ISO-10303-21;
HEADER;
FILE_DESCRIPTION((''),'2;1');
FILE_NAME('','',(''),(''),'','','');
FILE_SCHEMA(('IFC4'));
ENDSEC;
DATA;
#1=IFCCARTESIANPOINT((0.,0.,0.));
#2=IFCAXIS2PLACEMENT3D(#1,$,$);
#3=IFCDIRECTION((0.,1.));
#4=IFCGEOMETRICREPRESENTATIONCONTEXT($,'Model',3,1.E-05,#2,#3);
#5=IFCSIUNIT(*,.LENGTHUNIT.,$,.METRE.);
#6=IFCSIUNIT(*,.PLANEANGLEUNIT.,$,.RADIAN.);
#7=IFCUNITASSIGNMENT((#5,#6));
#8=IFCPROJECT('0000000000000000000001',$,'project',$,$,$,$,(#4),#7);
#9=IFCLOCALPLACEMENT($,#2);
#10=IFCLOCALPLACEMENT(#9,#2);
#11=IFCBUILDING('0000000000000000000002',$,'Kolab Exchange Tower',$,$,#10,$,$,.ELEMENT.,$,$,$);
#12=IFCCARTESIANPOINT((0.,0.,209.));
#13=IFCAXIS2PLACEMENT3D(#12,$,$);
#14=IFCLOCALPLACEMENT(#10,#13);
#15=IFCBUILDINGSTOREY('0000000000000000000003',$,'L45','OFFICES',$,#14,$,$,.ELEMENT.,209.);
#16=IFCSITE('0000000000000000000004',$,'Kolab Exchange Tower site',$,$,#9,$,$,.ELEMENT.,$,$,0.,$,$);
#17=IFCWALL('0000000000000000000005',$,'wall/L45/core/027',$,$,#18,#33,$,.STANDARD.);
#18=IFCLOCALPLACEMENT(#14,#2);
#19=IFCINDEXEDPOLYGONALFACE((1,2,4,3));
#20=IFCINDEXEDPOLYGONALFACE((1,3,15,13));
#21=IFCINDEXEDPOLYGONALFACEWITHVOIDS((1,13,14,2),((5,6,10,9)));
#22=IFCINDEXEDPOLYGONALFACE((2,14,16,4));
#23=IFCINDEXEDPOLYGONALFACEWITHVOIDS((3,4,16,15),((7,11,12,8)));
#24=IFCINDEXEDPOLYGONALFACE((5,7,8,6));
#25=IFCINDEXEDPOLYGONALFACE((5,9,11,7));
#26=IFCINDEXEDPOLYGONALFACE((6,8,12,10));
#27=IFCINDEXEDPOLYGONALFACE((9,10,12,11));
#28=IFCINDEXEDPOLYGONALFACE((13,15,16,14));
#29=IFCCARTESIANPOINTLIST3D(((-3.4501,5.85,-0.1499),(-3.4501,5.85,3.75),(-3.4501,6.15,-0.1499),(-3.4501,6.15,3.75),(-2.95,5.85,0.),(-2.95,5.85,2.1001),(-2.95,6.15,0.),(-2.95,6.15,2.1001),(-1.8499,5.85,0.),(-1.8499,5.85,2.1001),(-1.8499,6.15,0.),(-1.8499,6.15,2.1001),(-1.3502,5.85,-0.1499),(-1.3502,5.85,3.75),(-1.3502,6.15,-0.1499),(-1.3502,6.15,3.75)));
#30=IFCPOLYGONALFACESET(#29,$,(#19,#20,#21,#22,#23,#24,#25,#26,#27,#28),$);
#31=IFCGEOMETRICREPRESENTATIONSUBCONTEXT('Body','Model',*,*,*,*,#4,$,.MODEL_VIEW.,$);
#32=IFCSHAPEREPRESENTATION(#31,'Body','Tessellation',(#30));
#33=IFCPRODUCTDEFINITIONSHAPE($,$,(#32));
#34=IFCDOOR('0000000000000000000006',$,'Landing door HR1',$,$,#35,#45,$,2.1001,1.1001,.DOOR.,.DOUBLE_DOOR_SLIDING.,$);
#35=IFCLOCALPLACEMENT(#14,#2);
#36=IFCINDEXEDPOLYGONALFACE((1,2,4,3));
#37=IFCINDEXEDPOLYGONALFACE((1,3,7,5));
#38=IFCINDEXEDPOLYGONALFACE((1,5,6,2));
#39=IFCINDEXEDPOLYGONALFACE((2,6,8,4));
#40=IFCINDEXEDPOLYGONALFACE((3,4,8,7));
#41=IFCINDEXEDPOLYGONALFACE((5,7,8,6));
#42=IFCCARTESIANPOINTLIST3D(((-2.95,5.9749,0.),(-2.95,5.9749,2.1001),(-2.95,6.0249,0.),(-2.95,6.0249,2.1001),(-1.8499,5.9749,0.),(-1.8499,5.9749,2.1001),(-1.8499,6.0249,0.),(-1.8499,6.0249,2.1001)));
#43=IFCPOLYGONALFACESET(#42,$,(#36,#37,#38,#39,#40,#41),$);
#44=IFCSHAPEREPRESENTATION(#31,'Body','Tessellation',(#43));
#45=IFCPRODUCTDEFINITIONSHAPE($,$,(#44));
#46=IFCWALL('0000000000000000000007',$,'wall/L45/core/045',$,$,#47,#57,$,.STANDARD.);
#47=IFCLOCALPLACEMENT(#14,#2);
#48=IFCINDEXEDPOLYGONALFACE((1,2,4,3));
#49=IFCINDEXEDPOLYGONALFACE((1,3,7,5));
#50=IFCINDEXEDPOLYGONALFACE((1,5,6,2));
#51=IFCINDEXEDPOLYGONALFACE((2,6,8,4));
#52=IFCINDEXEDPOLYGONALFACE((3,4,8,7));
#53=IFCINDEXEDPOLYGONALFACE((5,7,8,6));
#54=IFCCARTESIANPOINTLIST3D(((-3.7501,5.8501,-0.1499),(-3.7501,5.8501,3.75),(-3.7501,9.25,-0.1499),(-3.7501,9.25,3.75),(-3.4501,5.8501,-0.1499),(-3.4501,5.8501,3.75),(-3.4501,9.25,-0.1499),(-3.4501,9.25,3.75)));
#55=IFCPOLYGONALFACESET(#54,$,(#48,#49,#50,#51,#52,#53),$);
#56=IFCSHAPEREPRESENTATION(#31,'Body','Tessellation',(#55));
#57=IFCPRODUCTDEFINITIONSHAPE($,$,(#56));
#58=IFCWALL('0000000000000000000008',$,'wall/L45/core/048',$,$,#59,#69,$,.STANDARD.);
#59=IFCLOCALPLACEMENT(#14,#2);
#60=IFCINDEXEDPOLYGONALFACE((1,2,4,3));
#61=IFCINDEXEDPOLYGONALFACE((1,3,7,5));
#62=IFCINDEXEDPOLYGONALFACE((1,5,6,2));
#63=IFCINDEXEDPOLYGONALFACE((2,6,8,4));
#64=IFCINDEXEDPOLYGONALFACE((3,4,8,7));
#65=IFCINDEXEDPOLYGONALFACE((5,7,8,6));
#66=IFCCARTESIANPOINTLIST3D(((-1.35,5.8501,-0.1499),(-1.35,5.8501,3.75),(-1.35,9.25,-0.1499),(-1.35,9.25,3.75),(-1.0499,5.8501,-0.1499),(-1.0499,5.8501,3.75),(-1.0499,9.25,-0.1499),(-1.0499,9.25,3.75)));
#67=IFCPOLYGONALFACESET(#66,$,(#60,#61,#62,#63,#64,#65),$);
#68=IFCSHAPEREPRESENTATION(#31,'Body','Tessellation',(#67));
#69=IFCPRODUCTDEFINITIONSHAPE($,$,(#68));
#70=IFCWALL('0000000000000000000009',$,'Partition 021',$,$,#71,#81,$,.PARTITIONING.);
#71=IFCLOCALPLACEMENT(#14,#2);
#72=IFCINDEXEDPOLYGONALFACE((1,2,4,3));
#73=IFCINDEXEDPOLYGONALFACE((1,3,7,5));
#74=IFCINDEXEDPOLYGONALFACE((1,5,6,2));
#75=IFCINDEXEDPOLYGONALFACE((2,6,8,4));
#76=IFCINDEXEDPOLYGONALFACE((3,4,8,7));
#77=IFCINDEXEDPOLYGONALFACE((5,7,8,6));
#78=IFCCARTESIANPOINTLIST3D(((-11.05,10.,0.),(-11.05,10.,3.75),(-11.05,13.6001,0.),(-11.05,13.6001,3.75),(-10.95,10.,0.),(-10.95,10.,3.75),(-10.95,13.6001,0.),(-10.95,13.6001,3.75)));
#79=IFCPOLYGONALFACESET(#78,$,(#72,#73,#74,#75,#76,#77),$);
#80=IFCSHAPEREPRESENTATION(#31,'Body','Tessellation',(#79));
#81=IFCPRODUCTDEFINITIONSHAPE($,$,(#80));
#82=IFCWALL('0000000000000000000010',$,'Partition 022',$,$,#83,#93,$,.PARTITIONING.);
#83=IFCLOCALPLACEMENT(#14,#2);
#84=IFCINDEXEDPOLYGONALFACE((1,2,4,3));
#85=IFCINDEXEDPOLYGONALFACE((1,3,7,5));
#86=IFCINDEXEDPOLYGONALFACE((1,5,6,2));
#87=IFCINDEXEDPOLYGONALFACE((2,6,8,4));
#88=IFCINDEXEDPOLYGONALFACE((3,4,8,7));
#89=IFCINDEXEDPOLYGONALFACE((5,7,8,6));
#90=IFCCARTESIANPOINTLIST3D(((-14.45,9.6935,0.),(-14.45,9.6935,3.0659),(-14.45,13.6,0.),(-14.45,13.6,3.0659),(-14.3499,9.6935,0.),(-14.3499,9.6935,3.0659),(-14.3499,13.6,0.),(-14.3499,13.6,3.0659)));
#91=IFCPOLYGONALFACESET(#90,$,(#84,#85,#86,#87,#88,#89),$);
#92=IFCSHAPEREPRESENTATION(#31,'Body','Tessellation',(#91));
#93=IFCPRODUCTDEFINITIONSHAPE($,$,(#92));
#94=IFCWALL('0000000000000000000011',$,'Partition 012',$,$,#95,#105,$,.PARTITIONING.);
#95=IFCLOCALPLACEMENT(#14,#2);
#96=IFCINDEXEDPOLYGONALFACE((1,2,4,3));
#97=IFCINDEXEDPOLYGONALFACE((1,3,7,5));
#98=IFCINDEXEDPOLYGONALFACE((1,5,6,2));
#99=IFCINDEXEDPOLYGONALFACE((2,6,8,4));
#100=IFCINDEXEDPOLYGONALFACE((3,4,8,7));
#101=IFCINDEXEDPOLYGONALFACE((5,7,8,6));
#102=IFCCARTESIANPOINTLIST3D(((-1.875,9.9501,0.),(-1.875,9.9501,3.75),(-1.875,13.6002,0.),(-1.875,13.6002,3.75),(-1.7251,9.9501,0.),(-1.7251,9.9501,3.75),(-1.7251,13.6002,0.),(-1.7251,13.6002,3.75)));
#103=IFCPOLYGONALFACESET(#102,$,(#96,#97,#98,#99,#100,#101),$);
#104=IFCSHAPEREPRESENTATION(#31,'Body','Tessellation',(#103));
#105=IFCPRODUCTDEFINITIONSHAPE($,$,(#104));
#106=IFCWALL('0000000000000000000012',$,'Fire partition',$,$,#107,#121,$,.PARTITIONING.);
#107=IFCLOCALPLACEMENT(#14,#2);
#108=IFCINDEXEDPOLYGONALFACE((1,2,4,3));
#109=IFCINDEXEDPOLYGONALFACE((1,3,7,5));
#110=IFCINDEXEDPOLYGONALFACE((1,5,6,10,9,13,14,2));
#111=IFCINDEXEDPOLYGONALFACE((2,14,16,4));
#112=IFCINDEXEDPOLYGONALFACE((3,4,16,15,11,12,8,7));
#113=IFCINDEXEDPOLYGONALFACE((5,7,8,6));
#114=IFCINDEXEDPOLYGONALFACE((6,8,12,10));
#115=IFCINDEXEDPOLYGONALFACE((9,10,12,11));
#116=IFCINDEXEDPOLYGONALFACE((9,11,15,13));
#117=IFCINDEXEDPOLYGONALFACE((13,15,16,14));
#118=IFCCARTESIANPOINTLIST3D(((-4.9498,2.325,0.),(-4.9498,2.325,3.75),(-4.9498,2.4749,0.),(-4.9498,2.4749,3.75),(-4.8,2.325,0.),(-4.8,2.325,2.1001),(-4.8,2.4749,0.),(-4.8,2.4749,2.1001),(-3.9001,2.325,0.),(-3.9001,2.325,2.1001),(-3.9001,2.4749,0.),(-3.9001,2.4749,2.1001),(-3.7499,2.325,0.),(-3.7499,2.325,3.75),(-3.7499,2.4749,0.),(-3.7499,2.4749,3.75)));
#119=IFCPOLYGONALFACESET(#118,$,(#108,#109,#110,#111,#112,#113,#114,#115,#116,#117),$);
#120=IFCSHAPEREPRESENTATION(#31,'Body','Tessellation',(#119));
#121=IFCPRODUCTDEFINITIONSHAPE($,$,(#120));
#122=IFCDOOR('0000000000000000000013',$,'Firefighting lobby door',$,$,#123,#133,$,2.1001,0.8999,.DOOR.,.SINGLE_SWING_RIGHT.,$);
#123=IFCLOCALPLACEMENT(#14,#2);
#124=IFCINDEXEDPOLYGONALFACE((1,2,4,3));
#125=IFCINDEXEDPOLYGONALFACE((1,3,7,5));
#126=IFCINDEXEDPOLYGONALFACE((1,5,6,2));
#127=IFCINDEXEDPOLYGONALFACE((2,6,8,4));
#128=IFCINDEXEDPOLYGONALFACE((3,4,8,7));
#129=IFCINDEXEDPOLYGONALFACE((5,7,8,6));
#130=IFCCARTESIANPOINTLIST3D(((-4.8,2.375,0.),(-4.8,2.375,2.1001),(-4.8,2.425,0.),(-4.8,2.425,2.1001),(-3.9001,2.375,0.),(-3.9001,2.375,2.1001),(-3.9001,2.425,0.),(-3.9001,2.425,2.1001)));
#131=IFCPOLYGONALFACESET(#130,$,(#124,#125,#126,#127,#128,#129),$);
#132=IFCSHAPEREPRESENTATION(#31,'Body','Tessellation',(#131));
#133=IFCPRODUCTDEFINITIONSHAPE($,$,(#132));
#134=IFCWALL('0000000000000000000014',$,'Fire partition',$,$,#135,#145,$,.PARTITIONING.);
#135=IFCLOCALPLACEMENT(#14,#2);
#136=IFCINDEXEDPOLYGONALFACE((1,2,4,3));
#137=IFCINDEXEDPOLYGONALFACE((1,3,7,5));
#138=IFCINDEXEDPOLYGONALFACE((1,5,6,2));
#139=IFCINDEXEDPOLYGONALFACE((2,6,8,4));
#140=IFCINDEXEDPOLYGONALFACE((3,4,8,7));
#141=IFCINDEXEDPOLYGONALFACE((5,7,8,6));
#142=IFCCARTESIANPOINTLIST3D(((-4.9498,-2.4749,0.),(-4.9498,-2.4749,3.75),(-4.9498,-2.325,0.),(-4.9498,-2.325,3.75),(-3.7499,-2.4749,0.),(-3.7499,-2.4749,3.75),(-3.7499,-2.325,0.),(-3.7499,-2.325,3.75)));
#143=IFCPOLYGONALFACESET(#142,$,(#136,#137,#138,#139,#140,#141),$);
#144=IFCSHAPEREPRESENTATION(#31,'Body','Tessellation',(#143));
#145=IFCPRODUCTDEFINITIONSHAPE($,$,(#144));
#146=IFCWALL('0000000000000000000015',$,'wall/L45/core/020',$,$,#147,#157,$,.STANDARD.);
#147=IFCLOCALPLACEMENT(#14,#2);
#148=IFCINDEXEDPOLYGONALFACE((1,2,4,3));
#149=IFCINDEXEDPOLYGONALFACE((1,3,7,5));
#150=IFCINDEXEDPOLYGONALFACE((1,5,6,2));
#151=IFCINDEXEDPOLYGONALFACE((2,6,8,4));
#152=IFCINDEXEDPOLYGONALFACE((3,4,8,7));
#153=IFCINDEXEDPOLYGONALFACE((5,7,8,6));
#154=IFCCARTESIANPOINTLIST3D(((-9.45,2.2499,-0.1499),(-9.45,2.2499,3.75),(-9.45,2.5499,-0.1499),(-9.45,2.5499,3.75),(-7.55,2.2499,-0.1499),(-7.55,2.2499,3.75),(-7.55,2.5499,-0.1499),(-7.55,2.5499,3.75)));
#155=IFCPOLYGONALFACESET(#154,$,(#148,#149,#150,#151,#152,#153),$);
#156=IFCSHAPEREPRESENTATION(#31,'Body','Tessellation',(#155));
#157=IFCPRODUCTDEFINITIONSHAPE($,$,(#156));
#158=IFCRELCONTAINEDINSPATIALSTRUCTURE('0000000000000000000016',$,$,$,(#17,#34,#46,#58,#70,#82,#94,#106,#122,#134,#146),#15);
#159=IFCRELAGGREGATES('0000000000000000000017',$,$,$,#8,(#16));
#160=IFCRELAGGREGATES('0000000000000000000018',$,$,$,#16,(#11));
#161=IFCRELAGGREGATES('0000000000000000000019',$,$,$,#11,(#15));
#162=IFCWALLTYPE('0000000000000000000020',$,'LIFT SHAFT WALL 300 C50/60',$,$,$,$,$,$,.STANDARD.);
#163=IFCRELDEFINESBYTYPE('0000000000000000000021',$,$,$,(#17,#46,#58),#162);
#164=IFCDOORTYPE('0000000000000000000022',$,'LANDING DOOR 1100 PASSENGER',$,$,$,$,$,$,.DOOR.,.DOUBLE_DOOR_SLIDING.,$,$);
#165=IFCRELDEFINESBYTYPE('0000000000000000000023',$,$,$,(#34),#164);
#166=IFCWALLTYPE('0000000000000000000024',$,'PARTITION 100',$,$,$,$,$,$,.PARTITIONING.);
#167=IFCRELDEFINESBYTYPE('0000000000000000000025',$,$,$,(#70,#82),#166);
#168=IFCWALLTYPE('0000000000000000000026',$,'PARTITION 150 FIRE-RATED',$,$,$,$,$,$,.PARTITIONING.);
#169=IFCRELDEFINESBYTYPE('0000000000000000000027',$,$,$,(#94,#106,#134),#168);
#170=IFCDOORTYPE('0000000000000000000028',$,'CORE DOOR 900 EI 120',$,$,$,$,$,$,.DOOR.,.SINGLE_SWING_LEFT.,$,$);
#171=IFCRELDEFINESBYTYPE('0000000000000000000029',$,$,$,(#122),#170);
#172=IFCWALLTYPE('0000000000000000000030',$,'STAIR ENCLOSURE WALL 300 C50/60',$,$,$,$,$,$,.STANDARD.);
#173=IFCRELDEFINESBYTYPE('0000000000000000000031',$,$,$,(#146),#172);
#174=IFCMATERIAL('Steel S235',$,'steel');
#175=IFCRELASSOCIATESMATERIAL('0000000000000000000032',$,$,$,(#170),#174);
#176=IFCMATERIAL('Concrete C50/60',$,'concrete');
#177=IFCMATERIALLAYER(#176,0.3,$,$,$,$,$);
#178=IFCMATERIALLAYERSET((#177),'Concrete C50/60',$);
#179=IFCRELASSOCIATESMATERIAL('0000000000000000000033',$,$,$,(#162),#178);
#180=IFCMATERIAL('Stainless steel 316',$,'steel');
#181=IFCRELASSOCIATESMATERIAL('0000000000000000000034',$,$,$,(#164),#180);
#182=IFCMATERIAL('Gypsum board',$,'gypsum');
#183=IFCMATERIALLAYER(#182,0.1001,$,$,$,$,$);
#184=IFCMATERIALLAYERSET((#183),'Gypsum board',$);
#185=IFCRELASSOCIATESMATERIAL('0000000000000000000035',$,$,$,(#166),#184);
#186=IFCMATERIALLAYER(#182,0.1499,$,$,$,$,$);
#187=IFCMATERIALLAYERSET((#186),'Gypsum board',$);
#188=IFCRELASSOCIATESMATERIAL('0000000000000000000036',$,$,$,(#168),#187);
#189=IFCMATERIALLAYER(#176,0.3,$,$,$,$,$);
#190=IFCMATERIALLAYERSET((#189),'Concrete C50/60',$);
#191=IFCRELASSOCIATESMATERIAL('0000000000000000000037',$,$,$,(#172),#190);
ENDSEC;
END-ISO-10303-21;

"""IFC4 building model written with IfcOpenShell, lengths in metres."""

from ifc_helpers import new_model, si_unit, direction, frame, frame_2d, origin, place, context, subcontext, project, spatial, rectangle, extrude, material, layer, layer_set, type_object, element, fill, save


model = new_model("IFC4")

# Units and contexts
model_context = context("Model", 3, precision=1e-05, world=origin(), true_north=direction((0.0, 1.0)))
body_context = subcontext(model_context, "Body", "Model", "MODEL_VIEW")
ifc_project = project(units=[si_unit("LENGTHUNIT", "METRE"), si_unit("PLANEANGLEUNIT", "RADIAN")], contexts=[model_context])

# Site, building, storey
site_placement = place(None, origin())
site = spatial("IfcSite", under=ifc_project, at=site_placement, Name="Kolab Exchange Tower site", CompositionType="ELEMENT", RefElevation=0.0)
building_placement = place(site_placement, origin())
building = spatial("IfcBuilding", under=site, at=building_placement, Name="Kolab Exchange Tower", CompositionType="ELEMENT")
storey_placement = place(building_placement, frame((0.0, 0.0, 209.0)))
storey = spatial("IfcBuildingStorey", under=building, at=storey_placement, Name="L45", Description="OFFICES", CompositionType="ELEMENT", Elevation=209.0)

# Shared definitions
ifc_material_1 = material(Name="Steel S235", Category="steel")
door_type_1 = type_object("IfcDoorType", Name="CORE DOOR 900 EI 120", OperationType="SINGLE_SWING_LEFT", PredefinedType="DOOR", material=ifc_material_1)

# Shared definitions
ifc_material_2 = material(Name="Concrete C50/60", Category="concrete")
ifc_layer_1 = layer(ifc_material_2, 0.3)
ifc_layer_set_1 = layer_set([ifc_layer_1], Name="Concrete C50/60")
wall_type_1 = type_object("IfcWallType", Name="LIFT SHAFT WALL 300 C50/60", PredefinedType="STANDARD", material=ifc_layer_set_1)

# Wall, opening, door
ifc_material_3 = material(Name="Stainless steel 316", Category="steel")
door_type_2 = type_object("IfcDoorType", Name="LANDING DOOR 1100 PASSENGER", OperationType="DOUBLE_DOOR_SLIDING", PredefinedType="DOOR", material=ifc_material_3)
wall_1_placement = place(storey_placement, frame((-3.45, 6.0, -0.1499), z_axis=(0.0, 0.0, 1.0), x_axis=(1.0, 0.0, 0.0)))
wall_1 = element("IfcWall", 1, at=wall_1_placement, inside=storey, type_object=wall_type_1, Name="wall/L45/core/027", PredefinedType="STANDARD", context=body_context, shape_type="SweptSolid", body=[
    extrude(rectangle(XDim=2.0999, YDim=0.3, at=frame_2d((1.0498, 0.0))), origin(), (0.0, 0.0, 1.0), 3.8999),
])
opening_1_placement = place(wall_1_placement, frame((0.5, 0.0, 0.1499)))
opening_1 = element("IfcOpeningElement", 2, at=opening_1_placement, cuts=wall_1, PredefinedType="OPENING", context=body_context, shape_type="SweptSolid", body=[
    extrude(rectangle(XDim=1.1001, YDim=2.1001, at=frame_2d((0.55, 1.05))), frame((0.0, 0.1602, 0.0), z_axis=(0.0, -1.0, 0.0), x_axis=(1.0, 0.0, 0.0)), (0.0, 0.0, 1.0), 0.3201),
])
door_1_placement = place(opening_1_placement, origin())
door_1 = element("IfcDoor", 3, at=door_1_placement, inside=storey, type_object=door_type_2, Name="Landing door HR1", OperationType="DOUBLE_DOOR_SLIDING", OverallHeight=2.1001, OverallWidth=1.1001, PredefinedType="DOOR", context=body_context, shape_type="SweptSolid", body=[
    extrude(rectangle(XDim=1.1001, YDim=2.1001, at=frame_2d((0.55, 1.05))), frame((0.0, 0.0249, 0.0), z_axis=(0.0, -1.0, 0.0), x_axis=(1.0, 0.0, 0.0)), (0.0, 0.0, 1.0), 0.05),
])
fill(opening_1, door_1)

# Walls
for number, where, z_axis, x_axis, name in (
    (4, (-3.6001, 5.8501, -0.1499), (0.0, 0.0, 1.0), (0.0, 1.0, 0.0), "wall/L45/core/045"),
    (5, (-1.2, 5.8501, -0.1499), (0.0, 0.0, 1.0), (0.0, 1.0, 0.0), "wall/L45/core/048"),
):
    element("IfcWall", number, at=place(storey_placement, frame(where, z_axis=z_axis, x_axis=x_axis)), inside=storey, type_object=wall_type_1, Name=name, PredefinedType="STANDARD", context=body_context, shape_type="SweptSolid", body=[
        extrude(rectangle(XDim=3.3999, YDim=0.3, at=frame_2d((1.7, 0.0))), origin(), (0.0, 0.0, 1.0), 3.8999),
    ])
ifc_material_4 = material(Name="Gypsum board", Category="gypsum")
ifc_layer_2 = layer(ifc_material_4, 0.1001)
ifc_layer_set_2 = layer_set([ifc_layer_2], Name="Gypsum board")
wall_type_2 = type_object("IfcWallType", Name="PARTITION 100", PredefinedType="PARTITIONING", material=ifc_layer_set_2)
wall_2_placement = place(storey_placement, frame((-11.0, 10.0, 0.0), z_axis=(0.0, 0.0, 1.0), x_axis=(0.0, 1.0, 0.0)))
element("IfcWall", 6, at=wall_2_placement, inside=storey, type_object=wall_type_2, Name="Partition 021", PredefinedType="PARTITIONING", context=body_context, shape_type="SweptSolid", body=[
    extrude(rectangle(XDim=3.6001, YDim=0.1001, at=frame_2d((1.8, 0.0))), origin(), (0.0, 0.0, 1.0), 3.75),
])
wall_3_placement = place(storey_placement, frame((-14.3999, 9.6936, 0.0), z_axis=(0.0, 0.0, 1.0), x_axis=(0.0, 1.0, 0.0)))
element("IfcWall", 7, at=wall_3_placement, inside=storey, type_object=wall_type_2, Name="Partition 022", PredefinedType="PARTITIONING", context=body_context, shape_type="SweptSolid", body=[
    extrude(rectangle(XDim=3.9065, YDim=0.1001, at=frame_2d((1.9531, 0.0))), origin(), (0.0, 0.0, 1.0), 3.0659),
])
ifc_layer_3 = layer(ifc_material_4, 0.1499)
ifc_layer_set_3 = layer_set([ifc_layer_3], Name="Gypsum board")
wall_type_3 = type_object("IfcWallType", Name="PARTITION 150 FIRE-RATED", PredefinedType="PARTITIONING", material=ifc_layer_set_3)
wall_4_placement = place(storey_placement, frame((-1.8, 9.95, 0.0), z_axis=(0.0, 0.0, 1.0), x_axis=(0.0, 1.0, 0.0)))
element("IfcWall", 8, at=wall_4_placement, inside=storey, type_object=wall_type_3, Name="Partition 012", PredefinedType="PARTITIONING", context=body_context, shape_type="SweptSolid", body=[
    extrude(rectangle(XDim=3.6501, YDim=0.1499, at=frame_2d((1.8252, 0.0))), origin(), (0.0, 0.0, 1.0), 3.75),
])

# Wall, opening, door
wall_5_placement = place(storey_placement, frame((-4.95, 2.3999, 0.0), z_axis=(0.0, 0.0, 1.0), x_axis=(1.0, 0.0, 0.0)))
wall_5 = element("IfcWall", 9, at=wall_5_placement, inside=storey, type_object=wall_type_3, Name="Fire partition", PredefinedType="PARTITIONING", context=body_context, shape_type="SweptSolid", body=[
    extrude(rectangle(XDim=1.2, YDim=0.1499, at=frame_2d((0.6001, 0.0))), origin(), (0.0, 0.0, 1.0), 3.75),
])
opening_2_placement = place(wall_5_placement, frame((0.1499, 0.0, 0.0)))
opening_2 = element("IfcOpeningElement", 10, at=opening_2_placement, cuts=wall_5, PredefinedType="OPENING", context=body_context, shape_type="SweptSolid", body=[
    extrude(rectangle(XDim=0.8999, YDim=2.1001, at=frame_2d((0.45, 1.05))), frame((0.0, 0.085, 0.0), z_axis=(0.0, -1.0, 0.0), x_axis=(1.0, 0.0, 0.0)), (0.0, 0.0, 1.0), 0.1699),
])
door_2_placement = place(opening_2_placement, frame((0.8999, 0.0, 0.0), z_axis=(0.0, 0.0, 1.0), x_axis=(-1.0, 0.0, 0.0)))
door_2 = element("IfcDoor", 11, at=door_2_placement, inside=storey, type_object=door_type_1, Name="Firefighting lobby door", OperationType="SINGLE_SWING_RIGHT", OverallHeight=2.1001, OverallWidth=0.8999, PredefinedType="DOOR", context=body_context, shape_type="SweptSolid", body=[
    extrude(rectangle(XDim=0.8999, YDim=2.1001, at=frame_2d((0.45, 1.05))), frame((0.0, 0.0249, 0.0), z_axis=(0.0, -1.0, 0.0), x_axis=(1.0, 0.0, 0.0)), (0.0, 0.0, 1.0), 0.05),
])
fill(opening_2, door_2)

# Walls
wall_6_placement = place(storey_placement, frame((-4.95, -2.3999, 0.0), z_axis=(0.0, 0.0, 1.0), x_axis=(1.0, 0.0, 0.0)))
element("IfcWall", 12, at=wall_6_placement, inside=storey, type_object=wall_type_3, Name="Fire partition", PredefinedType="PARTITIONING", context=body_context, shape_type="SweptSolid", body=[
    extrude(rectangle(XDim=1.2, YDim=0.1499, at=frame_2d((0.6001, 0.0))), origin(), (0.0, 0.0, 1.0), 3.75),
])
ifc_layer_4 = layer(ifc_material_2, 0.3)
ifc_layer_set_4 = layer_set([ifc_layer_4], Name="Concrete C50/60")
wall_type_4 = type_object("IfcWallType", Name="STAIR ENCLOSURE WALL 300 C50/60", PredefinedType="STANDARD", material=ifc_layer_set_4)
wall_7_placement = place(storey_placement, frame((-9.45, 2.3999, -0.1499), z_axis=(0.0, 0.0, 1.0), x_axis=(1.0, 0.0, 0.0)))
element("IfcWall", 13, at=wall_7_placement, inside=storey, type_object=wall_type_4, Name="wall/L45/core/020", PredefinedType="STANDARD", context=body_context, shape_type="SweptSolid", body=[
    extrude(rectangle(XDim=1.8999, YDim=0.3, at=frame_2d((0.95, 0.0))), origin(), (0.0, 0.0, 1.0), 3.8999),
])

save(model, "model.ifc")
